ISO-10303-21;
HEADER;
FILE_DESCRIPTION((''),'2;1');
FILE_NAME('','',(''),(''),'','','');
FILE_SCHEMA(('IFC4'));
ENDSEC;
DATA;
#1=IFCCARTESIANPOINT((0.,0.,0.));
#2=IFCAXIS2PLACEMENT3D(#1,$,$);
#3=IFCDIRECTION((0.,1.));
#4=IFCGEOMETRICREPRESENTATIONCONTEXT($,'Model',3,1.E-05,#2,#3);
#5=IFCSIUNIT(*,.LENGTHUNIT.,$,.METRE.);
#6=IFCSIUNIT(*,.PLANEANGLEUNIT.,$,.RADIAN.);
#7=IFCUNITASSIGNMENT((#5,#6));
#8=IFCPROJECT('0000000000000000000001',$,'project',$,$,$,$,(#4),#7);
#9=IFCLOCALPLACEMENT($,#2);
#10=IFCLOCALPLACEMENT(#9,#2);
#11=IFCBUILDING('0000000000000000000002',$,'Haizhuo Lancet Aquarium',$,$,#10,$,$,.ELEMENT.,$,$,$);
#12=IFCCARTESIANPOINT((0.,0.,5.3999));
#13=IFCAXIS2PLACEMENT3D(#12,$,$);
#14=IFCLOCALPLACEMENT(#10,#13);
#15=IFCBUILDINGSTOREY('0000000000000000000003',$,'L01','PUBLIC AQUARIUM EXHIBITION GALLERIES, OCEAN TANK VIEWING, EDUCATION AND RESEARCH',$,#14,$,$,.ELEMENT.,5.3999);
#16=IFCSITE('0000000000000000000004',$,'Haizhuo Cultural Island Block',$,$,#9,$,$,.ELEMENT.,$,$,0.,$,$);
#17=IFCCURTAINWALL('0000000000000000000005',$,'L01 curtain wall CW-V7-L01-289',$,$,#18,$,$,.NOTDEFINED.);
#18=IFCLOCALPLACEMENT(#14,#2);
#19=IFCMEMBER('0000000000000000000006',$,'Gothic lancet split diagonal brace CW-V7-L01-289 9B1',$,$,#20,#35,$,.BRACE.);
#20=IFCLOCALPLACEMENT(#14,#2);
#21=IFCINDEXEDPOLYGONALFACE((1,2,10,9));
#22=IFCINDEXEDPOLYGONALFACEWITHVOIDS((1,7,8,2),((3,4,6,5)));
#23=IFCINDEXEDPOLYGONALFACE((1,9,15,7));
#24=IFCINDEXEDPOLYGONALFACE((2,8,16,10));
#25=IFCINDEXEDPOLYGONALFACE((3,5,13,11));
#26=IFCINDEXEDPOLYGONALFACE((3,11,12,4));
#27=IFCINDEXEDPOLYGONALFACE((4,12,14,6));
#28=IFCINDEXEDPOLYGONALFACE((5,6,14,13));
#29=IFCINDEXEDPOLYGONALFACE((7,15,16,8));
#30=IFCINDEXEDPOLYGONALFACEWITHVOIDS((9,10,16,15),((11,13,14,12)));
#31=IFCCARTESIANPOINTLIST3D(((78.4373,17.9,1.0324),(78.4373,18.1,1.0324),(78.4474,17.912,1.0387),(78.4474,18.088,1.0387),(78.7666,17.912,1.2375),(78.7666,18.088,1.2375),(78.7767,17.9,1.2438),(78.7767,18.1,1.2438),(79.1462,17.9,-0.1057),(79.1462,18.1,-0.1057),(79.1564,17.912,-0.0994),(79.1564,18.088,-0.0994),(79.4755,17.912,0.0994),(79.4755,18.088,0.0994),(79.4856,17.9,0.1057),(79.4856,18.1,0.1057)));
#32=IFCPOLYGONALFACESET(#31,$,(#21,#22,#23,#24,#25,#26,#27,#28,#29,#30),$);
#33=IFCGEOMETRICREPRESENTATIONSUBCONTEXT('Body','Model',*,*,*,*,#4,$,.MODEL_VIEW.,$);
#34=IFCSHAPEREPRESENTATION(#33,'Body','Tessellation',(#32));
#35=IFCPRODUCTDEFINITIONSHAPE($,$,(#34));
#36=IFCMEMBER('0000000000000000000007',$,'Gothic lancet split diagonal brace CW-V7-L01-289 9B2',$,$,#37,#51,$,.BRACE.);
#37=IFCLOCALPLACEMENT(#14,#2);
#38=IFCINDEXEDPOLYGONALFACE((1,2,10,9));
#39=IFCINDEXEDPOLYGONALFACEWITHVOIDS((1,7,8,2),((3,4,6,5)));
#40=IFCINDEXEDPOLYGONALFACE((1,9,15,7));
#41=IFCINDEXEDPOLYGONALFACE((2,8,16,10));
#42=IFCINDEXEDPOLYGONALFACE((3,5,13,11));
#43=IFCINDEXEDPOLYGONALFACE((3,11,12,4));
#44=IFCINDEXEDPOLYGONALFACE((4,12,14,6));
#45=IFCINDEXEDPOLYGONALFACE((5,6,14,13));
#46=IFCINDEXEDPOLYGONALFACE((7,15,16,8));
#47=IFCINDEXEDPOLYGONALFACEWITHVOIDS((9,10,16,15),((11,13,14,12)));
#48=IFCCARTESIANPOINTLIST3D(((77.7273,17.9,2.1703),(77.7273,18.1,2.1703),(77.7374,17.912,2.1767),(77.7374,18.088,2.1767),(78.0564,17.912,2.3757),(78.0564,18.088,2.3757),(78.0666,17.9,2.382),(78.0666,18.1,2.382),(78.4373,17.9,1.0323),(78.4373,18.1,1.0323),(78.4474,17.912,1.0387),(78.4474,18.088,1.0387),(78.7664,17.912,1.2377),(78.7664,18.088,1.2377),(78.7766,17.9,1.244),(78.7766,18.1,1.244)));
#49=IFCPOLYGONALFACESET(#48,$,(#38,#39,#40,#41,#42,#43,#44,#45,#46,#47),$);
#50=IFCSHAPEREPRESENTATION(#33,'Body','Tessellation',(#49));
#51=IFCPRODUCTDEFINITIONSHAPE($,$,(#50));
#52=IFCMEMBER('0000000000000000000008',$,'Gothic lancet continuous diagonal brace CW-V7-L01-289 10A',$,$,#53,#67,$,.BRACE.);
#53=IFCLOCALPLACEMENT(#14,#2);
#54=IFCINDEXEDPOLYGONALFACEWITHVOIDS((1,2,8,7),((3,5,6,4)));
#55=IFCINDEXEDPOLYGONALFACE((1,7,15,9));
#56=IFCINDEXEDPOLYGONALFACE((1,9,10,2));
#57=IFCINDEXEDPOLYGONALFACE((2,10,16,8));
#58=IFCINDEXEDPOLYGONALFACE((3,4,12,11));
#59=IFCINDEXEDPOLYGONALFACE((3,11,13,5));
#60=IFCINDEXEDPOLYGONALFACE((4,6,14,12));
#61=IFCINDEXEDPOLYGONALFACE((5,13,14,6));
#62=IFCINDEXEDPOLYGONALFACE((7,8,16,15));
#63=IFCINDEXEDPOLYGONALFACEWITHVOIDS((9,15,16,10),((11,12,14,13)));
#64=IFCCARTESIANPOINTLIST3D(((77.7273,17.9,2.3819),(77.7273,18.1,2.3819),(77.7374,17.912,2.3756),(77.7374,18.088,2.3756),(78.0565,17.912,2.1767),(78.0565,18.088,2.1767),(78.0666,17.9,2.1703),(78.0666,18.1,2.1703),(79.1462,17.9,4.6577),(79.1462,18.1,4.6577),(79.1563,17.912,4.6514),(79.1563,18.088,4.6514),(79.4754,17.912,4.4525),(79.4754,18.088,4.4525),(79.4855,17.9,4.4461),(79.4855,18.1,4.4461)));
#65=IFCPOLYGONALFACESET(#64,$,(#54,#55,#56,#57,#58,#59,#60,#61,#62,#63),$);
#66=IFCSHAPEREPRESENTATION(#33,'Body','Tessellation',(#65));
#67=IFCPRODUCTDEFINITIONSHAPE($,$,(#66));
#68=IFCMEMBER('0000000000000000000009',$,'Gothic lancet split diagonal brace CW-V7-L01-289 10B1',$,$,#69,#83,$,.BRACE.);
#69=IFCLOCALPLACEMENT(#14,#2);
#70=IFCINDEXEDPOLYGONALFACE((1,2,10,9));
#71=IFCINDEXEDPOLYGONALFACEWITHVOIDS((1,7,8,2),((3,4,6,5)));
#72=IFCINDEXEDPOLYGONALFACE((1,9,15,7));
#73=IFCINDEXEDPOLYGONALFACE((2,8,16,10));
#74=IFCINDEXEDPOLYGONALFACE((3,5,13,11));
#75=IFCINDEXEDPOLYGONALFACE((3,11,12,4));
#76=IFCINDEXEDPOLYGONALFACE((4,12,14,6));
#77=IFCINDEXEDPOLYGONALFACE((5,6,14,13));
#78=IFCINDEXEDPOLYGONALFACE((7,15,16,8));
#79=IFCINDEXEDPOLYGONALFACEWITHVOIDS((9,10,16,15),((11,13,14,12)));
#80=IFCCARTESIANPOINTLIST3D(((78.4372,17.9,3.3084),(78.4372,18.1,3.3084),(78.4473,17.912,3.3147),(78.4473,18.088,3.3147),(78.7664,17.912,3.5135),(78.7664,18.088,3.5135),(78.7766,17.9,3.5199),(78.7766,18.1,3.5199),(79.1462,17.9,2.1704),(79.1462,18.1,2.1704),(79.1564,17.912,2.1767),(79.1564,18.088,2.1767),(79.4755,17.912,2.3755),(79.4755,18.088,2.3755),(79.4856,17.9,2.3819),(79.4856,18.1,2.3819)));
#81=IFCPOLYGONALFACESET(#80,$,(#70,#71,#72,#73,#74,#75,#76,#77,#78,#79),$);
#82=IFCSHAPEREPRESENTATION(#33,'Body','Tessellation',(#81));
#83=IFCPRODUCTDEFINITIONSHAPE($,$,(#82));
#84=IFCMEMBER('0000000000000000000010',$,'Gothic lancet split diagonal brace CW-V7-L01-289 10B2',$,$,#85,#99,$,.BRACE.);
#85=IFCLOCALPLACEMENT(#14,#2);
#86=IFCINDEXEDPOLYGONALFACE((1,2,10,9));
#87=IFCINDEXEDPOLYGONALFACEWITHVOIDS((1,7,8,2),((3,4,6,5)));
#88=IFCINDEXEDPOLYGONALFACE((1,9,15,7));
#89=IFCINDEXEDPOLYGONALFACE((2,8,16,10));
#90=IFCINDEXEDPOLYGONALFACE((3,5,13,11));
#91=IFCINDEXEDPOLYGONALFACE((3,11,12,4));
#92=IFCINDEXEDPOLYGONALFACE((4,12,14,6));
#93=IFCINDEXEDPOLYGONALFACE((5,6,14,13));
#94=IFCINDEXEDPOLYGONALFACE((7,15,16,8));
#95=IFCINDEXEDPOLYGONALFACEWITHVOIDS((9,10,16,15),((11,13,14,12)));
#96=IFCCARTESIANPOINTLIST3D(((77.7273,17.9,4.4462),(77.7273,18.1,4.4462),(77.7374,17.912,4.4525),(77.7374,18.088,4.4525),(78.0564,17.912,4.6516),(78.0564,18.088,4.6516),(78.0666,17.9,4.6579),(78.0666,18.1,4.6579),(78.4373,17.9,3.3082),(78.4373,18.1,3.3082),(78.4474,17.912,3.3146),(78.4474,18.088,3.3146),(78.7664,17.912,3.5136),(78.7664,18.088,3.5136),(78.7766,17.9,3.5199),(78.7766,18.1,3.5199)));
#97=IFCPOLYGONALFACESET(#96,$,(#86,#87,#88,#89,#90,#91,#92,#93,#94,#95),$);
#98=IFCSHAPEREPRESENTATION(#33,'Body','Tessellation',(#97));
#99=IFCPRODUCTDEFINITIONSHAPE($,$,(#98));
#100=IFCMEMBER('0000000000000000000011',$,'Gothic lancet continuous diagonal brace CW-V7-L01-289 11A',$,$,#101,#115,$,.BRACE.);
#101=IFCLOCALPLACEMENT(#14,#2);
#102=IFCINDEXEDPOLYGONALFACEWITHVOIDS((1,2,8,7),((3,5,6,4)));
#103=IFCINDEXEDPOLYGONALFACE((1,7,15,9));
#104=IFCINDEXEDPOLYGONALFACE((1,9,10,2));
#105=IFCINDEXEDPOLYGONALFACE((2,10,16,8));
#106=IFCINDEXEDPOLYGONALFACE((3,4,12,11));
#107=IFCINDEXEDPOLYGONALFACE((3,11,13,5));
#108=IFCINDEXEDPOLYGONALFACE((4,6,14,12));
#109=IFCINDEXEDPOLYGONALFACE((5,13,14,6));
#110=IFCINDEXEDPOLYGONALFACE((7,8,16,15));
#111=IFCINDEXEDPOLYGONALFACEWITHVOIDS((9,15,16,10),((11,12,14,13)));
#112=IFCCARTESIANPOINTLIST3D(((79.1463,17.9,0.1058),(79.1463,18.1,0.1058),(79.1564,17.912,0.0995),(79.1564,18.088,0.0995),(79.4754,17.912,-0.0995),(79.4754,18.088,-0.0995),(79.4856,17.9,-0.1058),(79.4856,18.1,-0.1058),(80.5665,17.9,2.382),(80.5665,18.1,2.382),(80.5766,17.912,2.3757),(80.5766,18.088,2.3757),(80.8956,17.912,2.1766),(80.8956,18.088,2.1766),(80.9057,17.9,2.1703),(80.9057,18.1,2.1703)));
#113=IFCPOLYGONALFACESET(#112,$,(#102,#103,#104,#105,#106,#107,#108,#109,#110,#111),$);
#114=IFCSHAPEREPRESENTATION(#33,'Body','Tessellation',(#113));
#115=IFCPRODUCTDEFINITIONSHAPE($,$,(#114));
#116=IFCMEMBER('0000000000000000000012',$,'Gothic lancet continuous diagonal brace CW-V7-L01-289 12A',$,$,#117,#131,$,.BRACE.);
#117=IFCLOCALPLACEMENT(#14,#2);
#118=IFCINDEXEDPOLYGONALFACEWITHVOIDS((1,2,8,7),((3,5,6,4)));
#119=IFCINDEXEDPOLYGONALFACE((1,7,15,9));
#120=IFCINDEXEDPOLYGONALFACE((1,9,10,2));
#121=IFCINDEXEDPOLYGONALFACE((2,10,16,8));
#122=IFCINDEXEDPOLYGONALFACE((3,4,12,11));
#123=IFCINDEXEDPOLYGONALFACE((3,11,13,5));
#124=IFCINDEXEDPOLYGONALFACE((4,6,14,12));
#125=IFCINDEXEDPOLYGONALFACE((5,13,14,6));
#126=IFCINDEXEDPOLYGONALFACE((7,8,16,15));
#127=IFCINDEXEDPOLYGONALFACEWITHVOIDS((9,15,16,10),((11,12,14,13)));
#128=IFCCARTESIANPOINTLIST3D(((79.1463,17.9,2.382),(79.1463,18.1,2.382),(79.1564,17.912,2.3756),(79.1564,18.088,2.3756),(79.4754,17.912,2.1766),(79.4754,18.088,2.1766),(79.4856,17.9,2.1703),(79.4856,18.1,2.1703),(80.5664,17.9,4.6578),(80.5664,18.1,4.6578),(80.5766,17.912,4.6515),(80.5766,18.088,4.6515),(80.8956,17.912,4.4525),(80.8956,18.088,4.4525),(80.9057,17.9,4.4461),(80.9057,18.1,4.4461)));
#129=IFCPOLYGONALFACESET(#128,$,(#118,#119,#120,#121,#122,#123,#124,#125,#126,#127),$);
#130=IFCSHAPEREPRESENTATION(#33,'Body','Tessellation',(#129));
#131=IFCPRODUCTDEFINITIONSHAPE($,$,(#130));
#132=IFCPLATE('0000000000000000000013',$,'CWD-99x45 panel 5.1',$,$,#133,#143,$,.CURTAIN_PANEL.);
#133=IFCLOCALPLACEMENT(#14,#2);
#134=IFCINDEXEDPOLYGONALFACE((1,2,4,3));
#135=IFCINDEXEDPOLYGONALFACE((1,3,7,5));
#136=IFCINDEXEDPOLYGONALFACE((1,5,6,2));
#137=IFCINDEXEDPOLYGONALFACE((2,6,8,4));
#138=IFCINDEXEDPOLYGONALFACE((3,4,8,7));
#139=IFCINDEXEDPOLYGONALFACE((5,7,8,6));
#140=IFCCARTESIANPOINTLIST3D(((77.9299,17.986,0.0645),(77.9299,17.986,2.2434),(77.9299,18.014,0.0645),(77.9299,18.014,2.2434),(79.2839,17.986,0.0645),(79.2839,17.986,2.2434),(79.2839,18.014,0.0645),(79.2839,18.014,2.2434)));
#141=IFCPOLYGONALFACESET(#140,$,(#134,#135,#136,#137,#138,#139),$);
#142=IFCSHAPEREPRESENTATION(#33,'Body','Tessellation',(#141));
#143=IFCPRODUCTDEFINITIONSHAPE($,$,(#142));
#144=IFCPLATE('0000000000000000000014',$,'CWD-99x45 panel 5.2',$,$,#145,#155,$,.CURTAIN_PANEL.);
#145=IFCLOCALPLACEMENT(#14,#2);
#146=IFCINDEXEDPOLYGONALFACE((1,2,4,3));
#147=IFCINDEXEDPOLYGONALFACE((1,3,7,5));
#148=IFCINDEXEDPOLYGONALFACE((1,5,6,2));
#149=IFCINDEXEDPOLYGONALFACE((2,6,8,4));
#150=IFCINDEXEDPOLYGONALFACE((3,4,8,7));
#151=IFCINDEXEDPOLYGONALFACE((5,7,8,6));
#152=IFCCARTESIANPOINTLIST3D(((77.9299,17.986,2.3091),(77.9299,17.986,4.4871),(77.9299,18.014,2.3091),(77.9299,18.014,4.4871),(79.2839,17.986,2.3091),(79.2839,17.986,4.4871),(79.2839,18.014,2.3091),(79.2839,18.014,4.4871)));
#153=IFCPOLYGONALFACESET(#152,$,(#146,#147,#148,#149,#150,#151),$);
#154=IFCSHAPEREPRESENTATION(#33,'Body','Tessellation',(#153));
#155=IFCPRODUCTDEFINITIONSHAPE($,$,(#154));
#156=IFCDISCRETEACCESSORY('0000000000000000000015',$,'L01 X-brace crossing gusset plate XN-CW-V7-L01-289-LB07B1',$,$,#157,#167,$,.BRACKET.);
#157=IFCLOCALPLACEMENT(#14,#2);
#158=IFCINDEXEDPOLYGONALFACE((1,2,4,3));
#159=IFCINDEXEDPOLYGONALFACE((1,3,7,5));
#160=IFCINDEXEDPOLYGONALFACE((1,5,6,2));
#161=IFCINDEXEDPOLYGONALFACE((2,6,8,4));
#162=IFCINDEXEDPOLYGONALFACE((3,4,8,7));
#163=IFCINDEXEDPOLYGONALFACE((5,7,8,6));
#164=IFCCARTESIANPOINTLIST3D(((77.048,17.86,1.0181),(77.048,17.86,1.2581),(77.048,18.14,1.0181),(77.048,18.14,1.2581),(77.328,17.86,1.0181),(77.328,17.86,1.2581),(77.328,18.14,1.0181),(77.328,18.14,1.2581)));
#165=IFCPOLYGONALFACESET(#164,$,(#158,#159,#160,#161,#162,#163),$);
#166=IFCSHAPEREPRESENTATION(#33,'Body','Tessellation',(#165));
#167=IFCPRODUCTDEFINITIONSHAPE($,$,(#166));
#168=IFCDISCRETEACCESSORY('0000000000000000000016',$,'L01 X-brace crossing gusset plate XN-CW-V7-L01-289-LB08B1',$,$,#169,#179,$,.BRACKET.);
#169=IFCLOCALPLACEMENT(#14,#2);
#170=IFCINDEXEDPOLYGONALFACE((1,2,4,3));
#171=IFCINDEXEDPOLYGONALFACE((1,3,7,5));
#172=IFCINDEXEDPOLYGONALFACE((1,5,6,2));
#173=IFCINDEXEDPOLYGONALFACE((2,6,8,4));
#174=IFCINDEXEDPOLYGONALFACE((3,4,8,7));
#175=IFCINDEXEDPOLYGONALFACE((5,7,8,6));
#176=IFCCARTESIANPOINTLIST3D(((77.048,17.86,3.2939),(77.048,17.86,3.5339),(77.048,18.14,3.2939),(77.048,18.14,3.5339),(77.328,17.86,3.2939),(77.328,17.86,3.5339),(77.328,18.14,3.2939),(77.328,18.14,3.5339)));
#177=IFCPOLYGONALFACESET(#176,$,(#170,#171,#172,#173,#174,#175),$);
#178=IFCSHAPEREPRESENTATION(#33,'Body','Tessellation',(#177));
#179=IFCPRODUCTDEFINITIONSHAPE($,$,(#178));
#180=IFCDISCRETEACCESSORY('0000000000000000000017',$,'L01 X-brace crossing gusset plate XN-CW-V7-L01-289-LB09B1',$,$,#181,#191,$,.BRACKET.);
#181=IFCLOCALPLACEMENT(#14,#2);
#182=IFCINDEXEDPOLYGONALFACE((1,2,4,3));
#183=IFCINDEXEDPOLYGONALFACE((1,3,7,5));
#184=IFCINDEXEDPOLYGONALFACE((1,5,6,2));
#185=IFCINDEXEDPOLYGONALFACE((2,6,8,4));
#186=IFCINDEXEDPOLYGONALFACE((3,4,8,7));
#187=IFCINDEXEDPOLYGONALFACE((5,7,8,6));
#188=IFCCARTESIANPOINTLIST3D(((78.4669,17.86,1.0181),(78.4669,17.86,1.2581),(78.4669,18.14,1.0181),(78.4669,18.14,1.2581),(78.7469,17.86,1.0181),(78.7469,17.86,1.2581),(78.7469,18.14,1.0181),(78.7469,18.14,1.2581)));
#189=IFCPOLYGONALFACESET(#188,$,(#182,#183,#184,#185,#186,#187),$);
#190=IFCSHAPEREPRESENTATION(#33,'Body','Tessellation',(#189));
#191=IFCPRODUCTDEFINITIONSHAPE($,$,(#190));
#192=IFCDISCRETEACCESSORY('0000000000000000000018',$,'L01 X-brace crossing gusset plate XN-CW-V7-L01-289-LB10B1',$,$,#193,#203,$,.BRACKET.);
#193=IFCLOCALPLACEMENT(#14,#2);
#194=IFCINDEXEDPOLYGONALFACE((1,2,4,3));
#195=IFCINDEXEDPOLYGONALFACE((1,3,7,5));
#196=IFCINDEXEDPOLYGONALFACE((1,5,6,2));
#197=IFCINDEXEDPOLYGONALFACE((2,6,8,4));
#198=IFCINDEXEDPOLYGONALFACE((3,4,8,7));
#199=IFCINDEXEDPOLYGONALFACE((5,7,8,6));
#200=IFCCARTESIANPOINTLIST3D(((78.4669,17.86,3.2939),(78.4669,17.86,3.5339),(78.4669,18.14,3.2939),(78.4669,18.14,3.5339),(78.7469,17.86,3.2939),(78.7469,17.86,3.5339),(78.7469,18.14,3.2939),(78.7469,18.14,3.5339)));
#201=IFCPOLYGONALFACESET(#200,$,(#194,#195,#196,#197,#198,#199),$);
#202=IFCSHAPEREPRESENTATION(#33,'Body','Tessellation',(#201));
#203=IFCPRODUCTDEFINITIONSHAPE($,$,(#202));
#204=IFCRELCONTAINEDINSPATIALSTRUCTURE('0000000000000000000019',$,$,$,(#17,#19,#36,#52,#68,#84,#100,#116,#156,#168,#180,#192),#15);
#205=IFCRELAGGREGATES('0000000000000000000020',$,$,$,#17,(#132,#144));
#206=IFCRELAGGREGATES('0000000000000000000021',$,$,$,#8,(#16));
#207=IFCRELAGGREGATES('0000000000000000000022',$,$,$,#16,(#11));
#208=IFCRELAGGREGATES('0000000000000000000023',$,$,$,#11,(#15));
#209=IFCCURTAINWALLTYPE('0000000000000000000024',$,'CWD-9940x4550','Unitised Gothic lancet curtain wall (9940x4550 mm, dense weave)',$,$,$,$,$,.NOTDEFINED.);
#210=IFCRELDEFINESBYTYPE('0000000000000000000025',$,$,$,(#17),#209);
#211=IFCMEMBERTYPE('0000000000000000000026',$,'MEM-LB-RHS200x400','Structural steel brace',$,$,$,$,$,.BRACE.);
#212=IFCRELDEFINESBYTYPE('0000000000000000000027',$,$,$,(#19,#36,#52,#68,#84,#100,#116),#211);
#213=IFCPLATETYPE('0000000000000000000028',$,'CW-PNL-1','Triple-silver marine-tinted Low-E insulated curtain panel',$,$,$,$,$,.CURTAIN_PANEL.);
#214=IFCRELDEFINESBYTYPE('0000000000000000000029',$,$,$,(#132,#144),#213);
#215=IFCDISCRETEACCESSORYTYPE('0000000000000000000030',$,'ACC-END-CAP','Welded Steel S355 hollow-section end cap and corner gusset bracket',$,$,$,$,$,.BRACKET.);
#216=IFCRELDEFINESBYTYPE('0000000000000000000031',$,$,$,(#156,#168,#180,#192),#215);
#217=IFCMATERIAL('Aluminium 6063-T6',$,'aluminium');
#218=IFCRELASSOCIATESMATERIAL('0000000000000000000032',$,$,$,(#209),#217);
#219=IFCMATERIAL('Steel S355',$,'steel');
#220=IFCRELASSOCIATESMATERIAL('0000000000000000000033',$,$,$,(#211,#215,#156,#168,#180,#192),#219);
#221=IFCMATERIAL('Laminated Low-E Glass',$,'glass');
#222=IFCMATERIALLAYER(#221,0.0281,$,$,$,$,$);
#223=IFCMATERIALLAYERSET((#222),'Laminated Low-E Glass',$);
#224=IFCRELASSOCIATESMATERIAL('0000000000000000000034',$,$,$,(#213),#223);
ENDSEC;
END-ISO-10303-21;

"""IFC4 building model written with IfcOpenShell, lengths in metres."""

from ifc_helpers import new_model, si_unit, direction, frame, origin, origin_2d, place, context, subcontext, project, spatial, rectangle, hollow_rectangle, extrude, material, layer, layer_set, material_profile, profile_set, type_object, element, aggregate, save


model = new_model("IFC4")

# Units and contexts
model_context = context("Model", 3, precision=1e-05, world=origin(), true_north=direction((0.0, 1.0)))
body_context = subcontext(model_context, "Body", "Model", "MODEL_VIEW")
ifc_project = project(units=[si_unit("LENGTHUNIT", "METRE"), si_unit("PLANEANGLEUNIT", "RADIAN")], contexts=[model_context])

# Site, building, storey
site_placement = place(None, origin())
site = spatial("IfcSite", under=ifc_project, at=site_placement, Name="Haizhuo Cultural Island Block", CompositionType="ELEMENT", RefElevation=0.0)
building_placement = place(site_placement, origin())
building = spatial("IfcBuilding", under=site, at=building_placement, Name="Haizhuo Lancet Aquarium", CompositionType="ELEMENT")
storey_placement = place(building_placement, frame((0.0, 0.0, 5.3999)))
storey = spatial("IfcBuildingStorey", under=building, at=storey_placement, Name="L01", Description="PUBLIC AQUARIUM EXHIBITION GALLERIES, OCEAN TANK VIEWING, EDUCATION AND RESEARCH", CompositionType="ELEMENT", Elevation=5.3999)

# Curtain wall
ifc_material_1 = material(Name="Aluminium 6063-T6", Category="aluminium")
curtain_wall_type = type_object("IfcCurtainWallType", Name="CWD-9940x4550", Description="Unitised Gothic lancet curtain wall (9940x4550 mm, dense weave)", PredefinedType="NOTDEFINED", material=ifc_material_1)
curtain_wall_placement = place(storey_placement, origin())
curtain_wall = element("IfcCurtainWall", 1, at=curtain_wall_placement, inside=storey, type_object=curtain_wall_type, Name="L01 curtain wall CW-V7-L01-289", PredefinedType="NOTDEFINED")

# Members
ifc_material_2 = material(Name="Steel S355", Category="steel")
ifc_material_profile_1 = material_profile(ifc_material_2, hollow_rectangle(XDim=0.2, YDim=0.3999, WallThickness=0.012, at=origin_2d()), Name="RHS 200x400x12")
ifc_profile_set_1 = profile_set([ifc_material_profile_1], Name="Steel S355")
member_type_1 = type_object("IfcMemberType", Name="MEM-LB-RHS200x400", Description="Structural steel brace", PredefinedType="BRACE", material=ifc_profile_set_1)
member_1_placement = place(storey_placement, frame((79.3159, 18.0, 0.0), z_axis=(-0.528722, 0.0, 0.848795), x_axis=(0.0, -1.0, 0.0)))
element("IfcMember", 2, at=member_1_placement, inside=storey, type_object=member_type_1, Name="Gothic lancet split diagonal brace CW-V7-L01-289 9B1", PredefinedType="BRACE", context=body_context, shape_type="SweptSolid", body=[
    extrude(hollow_rectangle(XDim=0.2, YDim=0.3999, WallThickness=0.012, at=origin_2d()), origin(), (0.0, 0.0, 1.0), 1.3408),
])
member_2_placement = place(storey_placement, frame((78.6069, 18.0, 1.1382), z_axis=(-0.529328, 0.0, 0.848417), x_axis=(0.0, -1.0, 0.0)))
element("IfcMember", 3, at=member_2_placement, inside=storey, type_object=member_type_1, Name="Gothic lancet split diagonal brace CW-V7-L01-289 9B2", PredefinedType="BRACE", context=body_context, shape_type="SweptSolid", body=[
    extrude(hollow_rectangle(XDim=0.2, YDim=0.3999, WallThickness=0.012, at=origin_2d()), origin(), (0.0, 0.0, 1.0), 1.3413),
])
member_3_placement = place(storey_placement, frame((77.897, 18.0, 2.2761), z_axis=(0.529066, 0.0, 0.848581), x_axis=(0.0, 1.0, 0.0)))
element("IfcMember", 4, at=member_3_placement, inside=storey, type_object=member_type_1, Name="Gothic lancet continuous diagonal brace CW-V7-L01-289 10A", PredefinedType="BRACE", context=body_context, shape_type="SweptSolid", body=[
    extrude(hollow_rectangle(XDim=0.2, YDim=0.3999, WallThickness=0.012, at=origin_2d()), origin(), (0.0, 0.0, 1.0), 2.6819),
])
member_4_placement = place(storey_placement, frame((79.3159, 18.0, 2.2761), z_axis=(-0.528804, 0.0, 0.848744), x_axis=(0.0, -1.0, 0.0)))
element("IfcMember", 5, at=member_4_placement, inside=storey, type_object=member_type_1, Name="Gothic lancet split diagonal brace CW-V7-L01-289 10B1", PredefinedType="BRACE", context=body_context, shape_type="SweptSolid", body=[
    extrude(hollow_rectangle(XDim=0.2, YDim=0.3999, WallThickness=0.012, at=origin_2d()), origin(), (0.0, 0.0, 1.0), 1.3408),
])
member_5_placement = place(storey_placement, frame((78.6069, 18.0, 3.4141), z_axis=(-0.529328, 0.0, 0.848417), x_axis=(0.0, -1.0, 0.0)))
element("IfcMember", 6, at=member_5_placement, inside=storey, type_object=member_type_1, Name="Gothic lancet split diagonal brace CW-V7-L01-289 10B2", PredefinedType="BRACE", context=body_context, shape_type="SweptSolid", body=[
    extrude(hollow_rectangle(XDim=0.2, YDim=0.3999, WallThickness=0.012, at=origin_2d()), origin(), (0.0, 0.0, 1.0), 1.3413),
])
member_6_placement = place(storey_placement, frame((79.3159, 18.0, 0.0), z_axis=(0.529353, 0.0, 0.848402), x_axis=(0.0, 1.0, 0.0)))
element("IfcMember", 7, at=member_6_placement, inside=storey, type_object=member_type_1, Name="Gothic lancet continuous diagonal brace CW-V7-L01-289 11A", PredefinedType="BRACE", context=body_context, shape_type="SweptSolid", body=[
    extrude(hollow_rectangle(XDim=0.2, YDim=0.3999, WallThickness=0.012, at=origin_2d()), origin(), (0.0, 0.0, 1.0), 2.6829),
])
member_7_placement = place(storey_placement, frame((79.3159, 18.0, 2.2761), z_axis=(0.529393, 0.0, 0.848376), x_axis=(0.0, 1.0, 0.0)))
element("IfcMember", 8, at=member_7_placement, inside=storey, type_object=member_type_1, Name="Gothic lancet continuous diagonal brace CW-V7-L01-289 12A", PredefinedType="BRACE", context=body_context, shape_type="SweptSolid", body=[
    extrude(hollow_rectangle(XDim=0.2, YDim=0.3999, WallThickness=0.012, at=origin_2d()), origin(), (0.0, 0.0, 1.0), 2.6826),
])

# Plates
ifc_material_3 = material(Name="Laminated Low-E Glass", Category="glass")
ifc_layer = layer(ifc_material_3, 0.0281)
ifc_layer_set = layer_set([ifc_layer], Name="Laminated Low-E Glass")
plate_type = type_object("IfcPlateType", Name="CW-PNL-1", Description="Triple-silver marine-tinted Low-E insulated curtain panel", PredefinedType="CURTAIN_PANEL", material=ifc_layer_set)
plate_1_placement = place(storey_placement, frame((78.6069, 18.0, 0.0645), z_axis=(0.0, 0.0, 1.0), x_axis=(1.0, 0.0, 0.0)))
plate_1 = element("IfcPlate", 9, at=plate_1_placement, type_object=plate_type, Name="CWD-99x45 panel 5.1", PredefinedType="CURTAIN_PANEL", context=body_context, shape_type="SweptSolid", body=[
    extrude(rectangle(XDim=1.354, YDim=0.0281, at=origin_2d()), origin(), (0.0, 0.0, 1.0), 2.179),
])
plate_2_placement = place(storey_placement, frame((78.6069, 18.0, 2.3091), z_axis=(0.0, 0.0, 1.0), x_axis=(1.0, 0.0, 0.0)))
plate_2 = element("IfcPlate", 10, at=plate_2_placement, type_object=plate_type, Name="CWD-99x45 panel 5.2", PredefinedType="CURTAIN_PANEL", context=body_context, shape_type="SweptSolid", body=[
    extrude(rectangle(XDim=1.354, YDim=0.0281, at=origin_2d()), origin(), (0.0, 0.0, 1.0), 2.178),
])
aggregate(curtain_wall, [plate_1, plate_2])

# Discrete accessories
discrete_accessory_type = type_object("IfcDiscreteAccessoryType", Name="ACC-END-CAP", Description="Welded Steel S355 hollow-section end cap and corner gusset bracket", PredefinedType="BRACKET", material=ifc_material_2)
for number, where, z_axis, x_axis, name in (
    (11, (77.188, 18.0, 1.0181), (0.0, 0.0, 1.0), (1.0, 0.0, 0.0), "L01 X-brace crossing gusset plate XN-CW-V7-L01-289-LB07B1"),
    (12, (77.188, 18.0, 3.2939), (0.0, 0.0, 1.0), (1.0, 0.0, 0.0), "L01 X-brace crossing gusset plate XN-CW-V7-L01-289-LB08B1"),
    (13, (78.6069, 18.0, 1.0181), (0.0, 0.0, 1.0), (1.0, 0.0, 0.0), "L01 X-brace crossing gusset plate XN-CW-V7-L01-289-LB09B1"),
    (14, (78.6069, 18.0, 3.2939), (0.0, 0.0, 1.0), (1.0, 0.0, 0.0), "L01 X-brace crossing gusset plate XN-CW-V7-L01-289-LB10B1"),
):
    element("IfcDiscreteAccessory", number, at=place(storey_placement, frame(where, z_axis=z_axis, x_axis=x_axis)), inside=storey, type_object=discrete_accessory_type, material=ifc_material_2, Name=name, PredefinedType="BRACKET", context=body_context, shape_type="SweptSolid", body=[
        extrude(rectangle(XDim=0.28, YDim=0.28, at=origin_2d()), origin(), (0.0, 0.0, 1.0), 0.24),
    ])

save(model, "model.ifc")
